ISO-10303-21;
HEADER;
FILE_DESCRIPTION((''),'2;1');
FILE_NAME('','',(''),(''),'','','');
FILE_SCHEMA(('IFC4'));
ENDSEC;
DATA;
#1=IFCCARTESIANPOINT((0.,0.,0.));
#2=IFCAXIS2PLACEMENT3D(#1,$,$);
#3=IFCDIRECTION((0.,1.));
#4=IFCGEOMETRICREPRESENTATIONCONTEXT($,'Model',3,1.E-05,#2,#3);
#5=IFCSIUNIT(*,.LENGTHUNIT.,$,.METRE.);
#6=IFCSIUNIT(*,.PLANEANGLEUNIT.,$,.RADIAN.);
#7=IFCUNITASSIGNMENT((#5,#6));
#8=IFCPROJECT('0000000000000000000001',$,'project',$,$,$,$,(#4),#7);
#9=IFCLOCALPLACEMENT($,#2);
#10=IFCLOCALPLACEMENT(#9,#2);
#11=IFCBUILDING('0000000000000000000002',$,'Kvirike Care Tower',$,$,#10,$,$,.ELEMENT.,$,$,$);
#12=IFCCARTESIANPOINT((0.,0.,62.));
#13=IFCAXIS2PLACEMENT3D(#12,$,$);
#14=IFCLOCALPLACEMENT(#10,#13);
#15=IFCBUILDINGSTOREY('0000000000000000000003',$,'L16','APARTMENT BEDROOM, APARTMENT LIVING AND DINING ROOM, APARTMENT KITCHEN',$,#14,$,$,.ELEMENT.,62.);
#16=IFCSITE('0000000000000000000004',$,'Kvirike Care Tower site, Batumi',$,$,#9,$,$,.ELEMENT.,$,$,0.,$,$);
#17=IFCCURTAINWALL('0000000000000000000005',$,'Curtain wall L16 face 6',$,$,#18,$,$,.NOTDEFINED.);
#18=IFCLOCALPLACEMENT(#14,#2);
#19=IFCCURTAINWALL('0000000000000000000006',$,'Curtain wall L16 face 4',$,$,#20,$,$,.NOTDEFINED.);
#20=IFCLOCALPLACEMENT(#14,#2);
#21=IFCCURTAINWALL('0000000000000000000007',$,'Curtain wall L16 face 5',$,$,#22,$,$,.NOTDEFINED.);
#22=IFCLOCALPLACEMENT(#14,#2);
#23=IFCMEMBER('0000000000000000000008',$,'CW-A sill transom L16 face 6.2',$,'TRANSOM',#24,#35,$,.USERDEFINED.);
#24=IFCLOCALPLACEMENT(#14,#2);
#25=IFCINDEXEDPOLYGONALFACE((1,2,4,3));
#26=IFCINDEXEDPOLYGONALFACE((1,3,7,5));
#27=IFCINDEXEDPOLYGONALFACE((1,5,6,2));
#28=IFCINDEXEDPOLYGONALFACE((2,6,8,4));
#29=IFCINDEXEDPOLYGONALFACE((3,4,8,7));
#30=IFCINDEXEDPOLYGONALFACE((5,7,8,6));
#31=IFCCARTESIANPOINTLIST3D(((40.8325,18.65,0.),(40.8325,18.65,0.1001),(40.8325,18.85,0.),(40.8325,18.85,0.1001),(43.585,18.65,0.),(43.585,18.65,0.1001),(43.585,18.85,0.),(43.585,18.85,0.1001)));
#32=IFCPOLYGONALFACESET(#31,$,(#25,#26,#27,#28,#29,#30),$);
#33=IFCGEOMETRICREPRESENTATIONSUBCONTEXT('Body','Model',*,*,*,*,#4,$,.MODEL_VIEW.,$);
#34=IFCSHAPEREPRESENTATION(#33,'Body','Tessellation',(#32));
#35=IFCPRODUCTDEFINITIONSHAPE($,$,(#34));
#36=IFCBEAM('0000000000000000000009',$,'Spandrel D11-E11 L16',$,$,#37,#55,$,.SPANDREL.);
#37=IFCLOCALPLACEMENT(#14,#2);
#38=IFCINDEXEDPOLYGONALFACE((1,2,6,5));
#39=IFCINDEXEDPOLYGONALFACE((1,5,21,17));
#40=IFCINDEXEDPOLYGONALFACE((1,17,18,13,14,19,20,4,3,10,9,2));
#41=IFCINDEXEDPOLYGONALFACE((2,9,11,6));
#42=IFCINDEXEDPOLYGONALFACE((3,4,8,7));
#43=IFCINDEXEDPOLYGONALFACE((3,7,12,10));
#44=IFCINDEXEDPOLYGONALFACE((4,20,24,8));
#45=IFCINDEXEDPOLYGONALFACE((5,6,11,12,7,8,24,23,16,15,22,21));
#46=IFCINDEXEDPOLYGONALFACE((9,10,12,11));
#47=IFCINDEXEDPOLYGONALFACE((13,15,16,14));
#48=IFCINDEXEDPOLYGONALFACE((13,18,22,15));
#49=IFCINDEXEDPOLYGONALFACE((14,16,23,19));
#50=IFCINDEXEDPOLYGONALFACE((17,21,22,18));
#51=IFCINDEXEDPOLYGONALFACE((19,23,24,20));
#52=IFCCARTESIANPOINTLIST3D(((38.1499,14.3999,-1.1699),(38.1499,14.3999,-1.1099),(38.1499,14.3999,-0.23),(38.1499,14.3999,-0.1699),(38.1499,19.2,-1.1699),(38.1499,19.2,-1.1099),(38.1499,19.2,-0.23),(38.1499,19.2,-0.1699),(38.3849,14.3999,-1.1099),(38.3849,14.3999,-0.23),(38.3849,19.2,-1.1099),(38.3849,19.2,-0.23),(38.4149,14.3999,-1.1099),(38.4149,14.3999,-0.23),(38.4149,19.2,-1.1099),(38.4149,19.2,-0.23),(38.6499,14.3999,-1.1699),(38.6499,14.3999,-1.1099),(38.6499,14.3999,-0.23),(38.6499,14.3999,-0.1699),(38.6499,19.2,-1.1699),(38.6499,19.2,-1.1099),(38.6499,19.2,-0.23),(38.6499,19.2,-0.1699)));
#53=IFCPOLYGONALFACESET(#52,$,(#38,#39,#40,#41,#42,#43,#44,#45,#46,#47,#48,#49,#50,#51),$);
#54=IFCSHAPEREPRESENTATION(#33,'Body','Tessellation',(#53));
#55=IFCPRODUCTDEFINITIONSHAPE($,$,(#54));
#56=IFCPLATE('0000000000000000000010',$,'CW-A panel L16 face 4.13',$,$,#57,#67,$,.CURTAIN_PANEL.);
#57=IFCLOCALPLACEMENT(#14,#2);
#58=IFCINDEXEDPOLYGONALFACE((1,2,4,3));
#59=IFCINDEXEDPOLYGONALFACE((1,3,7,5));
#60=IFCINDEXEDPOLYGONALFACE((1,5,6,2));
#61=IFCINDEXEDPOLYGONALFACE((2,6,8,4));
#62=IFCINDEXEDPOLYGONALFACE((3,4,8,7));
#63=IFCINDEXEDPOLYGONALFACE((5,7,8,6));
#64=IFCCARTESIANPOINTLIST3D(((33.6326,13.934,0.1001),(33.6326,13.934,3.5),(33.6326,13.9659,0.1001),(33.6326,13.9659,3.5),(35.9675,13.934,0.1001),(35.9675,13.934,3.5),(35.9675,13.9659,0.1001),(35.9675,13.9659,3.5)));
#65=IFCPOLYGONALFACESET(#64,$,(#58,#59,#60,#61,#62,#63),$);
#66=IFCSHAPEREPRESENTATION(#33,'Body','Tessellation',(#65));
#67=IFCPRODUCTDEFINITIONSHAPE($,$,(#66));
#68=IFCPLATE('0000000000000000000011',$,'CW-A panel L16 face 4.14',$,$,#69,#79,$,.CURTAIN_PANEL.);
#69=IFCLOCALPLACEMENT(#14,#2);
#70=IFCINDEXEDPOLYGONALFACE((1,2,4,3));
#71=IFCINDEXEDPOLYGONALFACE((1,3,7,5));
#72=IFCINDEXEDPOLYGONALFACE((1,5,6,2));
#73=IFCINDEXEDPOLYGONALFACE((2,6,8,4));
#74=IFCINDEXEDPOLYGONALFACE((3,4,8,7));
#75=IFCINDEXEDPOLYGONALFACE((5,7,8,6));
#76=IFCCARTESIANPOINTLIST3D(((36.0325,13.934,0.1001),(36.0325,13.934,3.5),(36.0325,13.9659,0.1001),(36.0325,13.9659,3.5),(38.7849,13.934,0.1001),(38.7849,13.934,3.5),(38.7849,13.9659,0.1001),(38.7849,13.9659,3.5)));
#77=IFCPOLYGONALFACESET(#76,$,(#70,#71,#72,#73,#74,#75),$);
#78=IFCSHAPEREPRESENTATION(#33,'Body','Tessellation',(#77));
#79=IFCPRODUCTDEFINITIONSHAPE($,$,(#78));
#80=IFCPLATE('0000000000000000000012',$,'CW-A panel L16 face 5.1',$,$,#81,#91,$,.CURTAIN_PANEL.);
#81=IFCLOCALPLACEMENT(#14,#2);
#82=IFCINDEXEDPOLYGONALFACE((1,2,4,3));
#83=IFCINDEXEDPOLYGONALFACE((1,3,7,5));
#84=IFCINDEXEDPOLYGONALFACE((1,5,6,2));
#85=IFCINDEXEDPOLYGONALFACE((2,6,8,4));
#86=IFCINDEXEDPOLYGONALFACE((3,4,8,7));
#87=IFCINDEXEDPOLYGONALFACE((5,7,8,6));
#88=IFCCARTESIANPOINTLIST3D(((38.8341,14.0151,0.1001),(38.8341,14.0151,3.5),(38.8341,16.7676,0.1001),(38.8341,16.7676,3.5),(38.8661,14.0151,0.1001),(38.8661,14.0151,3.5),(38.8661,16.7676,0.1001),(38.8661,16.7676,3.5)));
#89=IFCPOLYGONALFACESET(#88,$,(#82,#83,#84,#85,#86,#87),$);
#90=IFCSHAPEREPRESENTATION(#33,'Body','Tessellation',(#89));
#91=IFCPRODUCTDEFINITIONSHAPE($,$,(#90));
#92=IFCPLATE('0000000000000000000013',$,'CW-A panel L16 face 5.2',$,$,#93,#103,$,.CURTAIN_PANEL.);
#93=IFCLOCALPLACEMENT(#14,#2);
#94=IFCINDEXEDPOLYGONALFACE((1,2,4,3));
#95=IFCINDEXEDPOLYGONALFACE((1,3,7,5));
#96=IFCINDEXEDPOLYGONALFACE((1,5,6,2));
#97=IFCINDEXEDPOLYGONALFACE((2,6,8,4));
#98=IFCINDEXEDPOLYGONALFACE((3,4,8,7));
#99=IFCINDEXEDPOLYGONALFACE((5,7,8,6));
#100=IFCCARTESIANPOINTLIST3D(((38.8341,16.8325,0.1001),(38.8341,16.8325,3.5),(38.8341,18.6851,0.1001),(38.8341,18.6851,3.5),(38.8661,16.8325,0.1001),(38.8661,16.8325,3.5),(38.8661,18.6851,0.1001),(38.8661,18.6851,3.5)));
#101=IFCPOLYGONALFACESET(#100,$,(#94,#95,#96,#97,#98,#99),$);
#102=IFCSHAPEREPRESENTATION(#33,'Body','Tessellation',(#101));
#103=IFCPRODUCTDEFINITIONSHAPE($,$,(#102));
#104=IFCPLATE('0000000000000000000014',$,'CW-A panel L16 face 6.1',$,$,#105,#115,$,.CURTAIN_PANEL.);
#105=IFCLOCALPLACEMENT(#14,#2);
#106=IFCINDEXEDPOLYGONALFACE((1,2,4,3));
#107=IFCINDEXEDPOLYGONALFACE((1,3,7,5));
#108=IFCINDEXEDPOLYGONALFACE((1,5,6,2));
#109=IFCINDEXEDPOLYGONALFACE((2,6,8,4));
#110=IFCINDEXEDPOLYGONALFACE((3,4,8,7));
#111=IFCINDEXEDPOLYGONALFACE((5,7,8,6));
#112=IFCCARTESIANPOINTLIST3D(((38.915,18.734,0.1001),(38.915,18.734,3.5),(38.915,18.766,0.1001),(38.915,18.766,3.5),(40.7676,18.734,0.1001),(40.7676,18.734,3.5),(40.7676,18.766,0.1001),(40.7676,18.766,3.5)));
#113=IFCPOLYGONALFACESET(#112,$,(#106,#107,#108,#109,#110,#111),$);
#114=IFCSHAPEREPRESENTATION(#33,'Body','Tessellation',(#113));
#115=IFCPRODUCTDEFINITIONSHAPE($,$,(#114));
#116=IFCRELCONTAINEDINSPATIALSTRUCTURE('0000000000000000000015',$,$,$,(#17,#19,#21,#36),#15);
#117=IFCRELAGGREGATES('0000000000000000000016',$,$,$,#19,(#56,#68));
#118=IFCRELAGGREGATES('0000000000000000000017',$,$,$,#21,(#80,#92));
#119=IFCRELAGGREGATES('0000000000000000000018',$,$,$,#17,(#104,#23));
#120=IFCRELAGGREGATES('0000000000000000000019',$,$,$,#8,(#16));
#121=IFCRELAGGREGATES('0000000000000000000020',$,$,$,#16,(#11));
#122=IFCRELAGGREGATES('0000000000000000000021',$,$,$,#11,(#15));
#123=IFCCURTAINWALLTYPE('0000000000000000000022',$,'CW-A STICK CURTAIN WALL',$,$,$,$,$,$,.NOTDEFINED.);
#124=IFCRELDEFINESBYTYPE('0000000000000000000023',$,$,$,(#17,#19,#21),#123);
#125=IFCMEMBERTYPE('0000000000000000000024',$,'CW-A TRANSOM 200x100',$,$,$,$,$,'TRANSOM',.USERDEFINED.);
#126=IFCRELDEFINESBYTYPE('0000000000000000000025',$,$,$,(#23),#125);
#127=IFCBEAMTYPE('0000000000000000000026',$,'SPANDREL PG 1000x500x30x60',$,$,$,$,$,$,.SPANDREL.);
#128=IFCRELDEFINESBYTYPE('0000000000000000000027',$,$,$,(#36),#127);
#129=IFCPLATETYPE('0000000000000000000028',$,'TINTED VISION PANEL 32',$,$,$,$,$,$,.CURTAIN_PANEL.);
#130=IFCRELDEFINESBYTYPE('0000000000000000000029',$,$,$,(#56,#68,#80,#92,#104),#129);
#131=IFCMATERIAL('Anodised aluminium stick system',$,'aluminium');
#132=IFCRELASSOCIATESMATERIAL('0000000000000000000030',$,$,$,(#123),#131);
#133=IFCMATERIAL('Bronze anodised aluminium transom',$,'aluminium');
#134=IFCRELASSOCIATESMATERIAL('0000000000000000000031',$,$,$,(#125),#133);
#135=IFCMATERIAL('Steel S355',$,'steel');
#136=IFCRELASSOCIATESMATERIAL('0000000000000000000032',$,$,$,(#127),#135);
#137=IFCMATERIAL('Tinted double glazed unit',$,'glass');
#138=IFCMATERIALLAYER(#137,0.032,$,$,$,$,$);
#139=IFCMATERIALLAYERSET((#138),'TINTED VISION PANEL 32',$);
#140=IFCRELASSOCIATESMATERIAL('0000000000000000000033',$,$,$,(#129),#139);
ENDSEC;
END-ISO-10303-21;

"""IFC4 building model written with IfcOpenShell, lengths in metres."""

from ifc_helpers import new_model, si_unit, direction, frame, origin, origin_2d, place, context, subcontext, project, spatial, rectangle, i_section, extrude, material, layer, layer_set, material_profile, profile_set, type_object, element, aggregate, save


model = new_model("IFC4")

# Units and contexts
model_context = context("Model", 3, precision=1e-05, world=origin(), true_north=direction((0.0, 1.0)))
body_context = subcontext(model_context, "Body", "Model", "MODEL_VIEW")
ifc_project = project(units=[si_unit("LENGTHUNIT", "METRE"), si_unit("PLANEANGLEUNIT", "RADIAN")], contexts=[model_context])

# Site, building, storey
site_placement = place(None, origin())
site = spatial("IfcSite", under=ifc_project, at=site_placement, Name="Kvirike Care Tower site, Batumi", CompositionType="ELEMENT", RefElevation=0.0)
building_placement = place(site_placement, origin())
building = spatial("IfcBuilding", under=site, at=building_placement, Name="Kvirike Care Tower", CompositionType="ELEMENT")
storey_placement = place(building_placement, frame((0.0, 0.0, 62.0)))
storey = spatial("IfcBuildingStorey", under=building, at=storey_placement, Name="L16", Description="APARTMENT BEDROOM, APARTMENT LIVING AND DINING ROOM, APARTMENT KITCHEN", CompositionType="ELEMENT", Elevation=62.0)

# Curtain wall
ifc_material_1 = material(Name="Anodised aluminium stick system", Category="aluminium")
curtain_wall_type = type_object("IfcCurtainWallType", Name="CW-A STICK CURTAIN WALL", PredefinedType="NOTDEFINED", material=ifc_material_1)
curtain_wall_1_placement = place(storey_placement, origin())
curtain_wall_1 = element("IfcCurtainWall", 1, at=curtain_wall_1_placement, inside=storey, type_object=curtain_wall_type, Name="Curtain wall L16 face 6", PredefinedType="NOTDEFINED")

# Curtain walls
curtain_wall_2_placement = place(storey_placement, origin())
curtain_wall_2 = element("IfcCurtainWall", 2, at=curtain_wall_2_placement, inside=storey, type_object=curtain_wall_type, Name="Curtain wall L16 face 4", PredefinedType="NOTDEFINED")
curtain_wall_3_placement = place(storey_placement, origin())
curtain_wall_3 = element("IfcCurtainWall", 3, at=curtain_wall_3_placement, inside=storey, type_object=curtain_wall_type, Name="Curtain wall L16 face 5", PredefinedType="NOTDEFINED")

# Member
ifc_material_2 = material(Name="Bronze anodised aluminium transom", Category="aluminium")
ifc_material_profile_1 = material_profile(ifc_material_2, rectangle(XDim=0.2, YDim=0.1001, at=origin_2d()), Name="CW-A TRANSOM 200x100")
ifc_profile_set_1 = profile_set([ifc_material_profile_1], Name="Bronze anodised aluminium transom")
member_type_1 = type_object("IfcMemberType", Name="CW-A TRANSOM 200x100", ElementType="TRANSOM", PredefinedType="USERDEFINED", material=ifc_profile_set_1)
member_1_placement = place(storey_placement, frame((40.8325, 18.75, 0.05), z_axis=(1.0, 0.0, 0.0), x_axis=(0.0, 1.0, 0.0)))
member_1 = element("IfcMember", 4, at=member_1_placement, type_object=member_type_1, Name="CW-A sill transom L16 face 6.2", ObjectType="TRANSOM", PredefinedType="USERDEFINED", context=body_context, shape_type="SweptSolid", body=[
    extrude(rectangle(XDim=0.2, YDim=0.1001, at=origin_2d()), origin(), (0.0, 0.0, 1.0), 2.7524),
])

# Beam
ifc_material_3 = material(Name="Steel S355", Category="steel")
ifc_material_profile_2 = material_profile(ifc_material_3, i_section(OverallWidth=0.5, OverallDepth=1.0, WebThickness=0.03, FlangeThickness=0.0601, at=origin_2d()), Name="PG 1000x500x30x60")
ifc_profile_set_2 = profile_set([ifc_material_profile_2], Name="Steel S355")
beam_type = type_object("IfcBeamType", Name="SPANDREL PG 1000x500x30x60", PredefinedType="SPANDREL", material=ifc_profile_set_2)
beam_placement = place(storey_placement, frame((38.3999, 14.3999, -0.6699), z_axis=(0.0, 1.0, 0.0), x_axis=(-1.0, 0.0, 0.0)))
element("IfcBeam", 5, at=beam_placement, inside=storey, type_object=beam_type, Name="Spandrel D11-E11 L16", PredefinedType="SPANDREL", context=body_context, shape_type="SweptSolid", body=[
    extrude(i_section(OverallWidth=0.5, OverallDepth=1.0, WebThickness=0.03, FlangeThickness=0.0601, at=origin_2d()), origin(), (0.0, 0.0, 1.0), 4.8),
])

# Plates
ifc_material_4 = material(Name="Tinted double glazed unit", Category="glass")
ifc_layer = layer(ifc_material_4, 0.032)
ifc_layer_set = layer_set([ifc_layer], Name="TINTED VISION PANEL 32")
plate_type = type_object("IfcPlateType", Name="TINTED VISION PANEL 32", PredefinedType="CURTAIN_PANEL", material=ifc_layer_set)
plate_1_placement = place(storey_placement, frame((34.8, 13.95, 0.1001), z_axis=(0.0, 0.0, 1.0), x_axis=(1.0, 0.0, 0.0)))
plate_1 = element("IfcPlate", 6, at=plate_1_placement, type_object=plate_type, Name="CW-A panel L16 face 4.13", PredefinedType="CURTAIN_PANEL", context=body_context, shape_type="SweptSolid", body=[
    extrude(rectangle(XDim=2.335, YDim=0.032, at=origin_2d()), origin(), (0.0, 0.0, 1.0), 3.3999),
])
plate_2_placement = place(storey_placement, frame((37.4087, 13.95, 0.1001), z_axis=(0.0, 0.0, 1.0), x_axis=(1.0, 0.0, 0.0)))
plate_2 = element("IfcPlate", 7, at=plate_2_placement, type_object=plate_type, Name="CW-A panel L16 face 4.14", PredefinedType="CURTAIN_PANEL", context=body_context, shape_type="SweptSolid", body=[
    extrude(rectangle(XDim=2.7524, YDim=0.032, at=origin_2d()), origin(), (0.0, 0.0, 1.0), 3.3999),
])
aggregate(curtain_wall_2, [plate_1, plate_2])
plate_3_placement = place(storey_placement, frame((38.8501, 15.3914, 0.1001), z_axis=(0.0, 0.0, 1.0), x_axis=(0.0, 1.0, 0.0)))
plate_3 = element("IfcPlate", 8, at=plate_3_placement, type_object=plate_type, Name="CW-A panel L16 face 5.1", PredefinedType="CURTAIN_PANEL", context=body_context, shape_type="SweptSolid", body=[
    extrude(rectangle(XDim=2.7524, YDim=0.032, at=origin_2d()), origin(), (0.0, 0.0, 1.0), 3.3999),
])
plate_4_placement = place(storey_placement, frame((38.8501, 17.7588, 0.1001), z_axis=(0.0, 0.0, 1.0), x_axis=(0.0, 1.0, 0.0)))
plate_4 = element("IfcPlate", 9, at=plate_4_placement, type_object=plate_type, Name="CW-A panel L16 face 5.2", PredefinedType="CURTAIN_PANEL", context=body_context, shape_type="SweptSolid", body=[
    extrude(rectangle(XDim=1.8525, YDim=0.032, at=origin_2d()), origin(), (0.0, 0.0, 1.0), 3.3999),
])
aggregate(curtain_wall_3, [plate_3, plate_4])
plate_5_placement = place(storey_placement, frame((39.8413, 18.75, 0.1001), z_axis=(0.0, 0.0, 1.0), x_axis=(1.0, 0.0, 0.0)))
plate_5 = element("IfcPlate", 10, at=plate_5_placement, type_object=plate_type, Name="CW-A panel L16 face 6.1", PredefinedType="CURTAIN_PANEL", context=body_context, shape_type="SweptSolid", body=[
    extrude(rectangle(XDim=1.8525, YDim=0.032, at=origin_2d()), origin(), (0.0, 0.0, 1.0), 3.3999),
])
aggregate(curtain_wall_1, [plate_5, member_1])

save(model, "model.ifc")
